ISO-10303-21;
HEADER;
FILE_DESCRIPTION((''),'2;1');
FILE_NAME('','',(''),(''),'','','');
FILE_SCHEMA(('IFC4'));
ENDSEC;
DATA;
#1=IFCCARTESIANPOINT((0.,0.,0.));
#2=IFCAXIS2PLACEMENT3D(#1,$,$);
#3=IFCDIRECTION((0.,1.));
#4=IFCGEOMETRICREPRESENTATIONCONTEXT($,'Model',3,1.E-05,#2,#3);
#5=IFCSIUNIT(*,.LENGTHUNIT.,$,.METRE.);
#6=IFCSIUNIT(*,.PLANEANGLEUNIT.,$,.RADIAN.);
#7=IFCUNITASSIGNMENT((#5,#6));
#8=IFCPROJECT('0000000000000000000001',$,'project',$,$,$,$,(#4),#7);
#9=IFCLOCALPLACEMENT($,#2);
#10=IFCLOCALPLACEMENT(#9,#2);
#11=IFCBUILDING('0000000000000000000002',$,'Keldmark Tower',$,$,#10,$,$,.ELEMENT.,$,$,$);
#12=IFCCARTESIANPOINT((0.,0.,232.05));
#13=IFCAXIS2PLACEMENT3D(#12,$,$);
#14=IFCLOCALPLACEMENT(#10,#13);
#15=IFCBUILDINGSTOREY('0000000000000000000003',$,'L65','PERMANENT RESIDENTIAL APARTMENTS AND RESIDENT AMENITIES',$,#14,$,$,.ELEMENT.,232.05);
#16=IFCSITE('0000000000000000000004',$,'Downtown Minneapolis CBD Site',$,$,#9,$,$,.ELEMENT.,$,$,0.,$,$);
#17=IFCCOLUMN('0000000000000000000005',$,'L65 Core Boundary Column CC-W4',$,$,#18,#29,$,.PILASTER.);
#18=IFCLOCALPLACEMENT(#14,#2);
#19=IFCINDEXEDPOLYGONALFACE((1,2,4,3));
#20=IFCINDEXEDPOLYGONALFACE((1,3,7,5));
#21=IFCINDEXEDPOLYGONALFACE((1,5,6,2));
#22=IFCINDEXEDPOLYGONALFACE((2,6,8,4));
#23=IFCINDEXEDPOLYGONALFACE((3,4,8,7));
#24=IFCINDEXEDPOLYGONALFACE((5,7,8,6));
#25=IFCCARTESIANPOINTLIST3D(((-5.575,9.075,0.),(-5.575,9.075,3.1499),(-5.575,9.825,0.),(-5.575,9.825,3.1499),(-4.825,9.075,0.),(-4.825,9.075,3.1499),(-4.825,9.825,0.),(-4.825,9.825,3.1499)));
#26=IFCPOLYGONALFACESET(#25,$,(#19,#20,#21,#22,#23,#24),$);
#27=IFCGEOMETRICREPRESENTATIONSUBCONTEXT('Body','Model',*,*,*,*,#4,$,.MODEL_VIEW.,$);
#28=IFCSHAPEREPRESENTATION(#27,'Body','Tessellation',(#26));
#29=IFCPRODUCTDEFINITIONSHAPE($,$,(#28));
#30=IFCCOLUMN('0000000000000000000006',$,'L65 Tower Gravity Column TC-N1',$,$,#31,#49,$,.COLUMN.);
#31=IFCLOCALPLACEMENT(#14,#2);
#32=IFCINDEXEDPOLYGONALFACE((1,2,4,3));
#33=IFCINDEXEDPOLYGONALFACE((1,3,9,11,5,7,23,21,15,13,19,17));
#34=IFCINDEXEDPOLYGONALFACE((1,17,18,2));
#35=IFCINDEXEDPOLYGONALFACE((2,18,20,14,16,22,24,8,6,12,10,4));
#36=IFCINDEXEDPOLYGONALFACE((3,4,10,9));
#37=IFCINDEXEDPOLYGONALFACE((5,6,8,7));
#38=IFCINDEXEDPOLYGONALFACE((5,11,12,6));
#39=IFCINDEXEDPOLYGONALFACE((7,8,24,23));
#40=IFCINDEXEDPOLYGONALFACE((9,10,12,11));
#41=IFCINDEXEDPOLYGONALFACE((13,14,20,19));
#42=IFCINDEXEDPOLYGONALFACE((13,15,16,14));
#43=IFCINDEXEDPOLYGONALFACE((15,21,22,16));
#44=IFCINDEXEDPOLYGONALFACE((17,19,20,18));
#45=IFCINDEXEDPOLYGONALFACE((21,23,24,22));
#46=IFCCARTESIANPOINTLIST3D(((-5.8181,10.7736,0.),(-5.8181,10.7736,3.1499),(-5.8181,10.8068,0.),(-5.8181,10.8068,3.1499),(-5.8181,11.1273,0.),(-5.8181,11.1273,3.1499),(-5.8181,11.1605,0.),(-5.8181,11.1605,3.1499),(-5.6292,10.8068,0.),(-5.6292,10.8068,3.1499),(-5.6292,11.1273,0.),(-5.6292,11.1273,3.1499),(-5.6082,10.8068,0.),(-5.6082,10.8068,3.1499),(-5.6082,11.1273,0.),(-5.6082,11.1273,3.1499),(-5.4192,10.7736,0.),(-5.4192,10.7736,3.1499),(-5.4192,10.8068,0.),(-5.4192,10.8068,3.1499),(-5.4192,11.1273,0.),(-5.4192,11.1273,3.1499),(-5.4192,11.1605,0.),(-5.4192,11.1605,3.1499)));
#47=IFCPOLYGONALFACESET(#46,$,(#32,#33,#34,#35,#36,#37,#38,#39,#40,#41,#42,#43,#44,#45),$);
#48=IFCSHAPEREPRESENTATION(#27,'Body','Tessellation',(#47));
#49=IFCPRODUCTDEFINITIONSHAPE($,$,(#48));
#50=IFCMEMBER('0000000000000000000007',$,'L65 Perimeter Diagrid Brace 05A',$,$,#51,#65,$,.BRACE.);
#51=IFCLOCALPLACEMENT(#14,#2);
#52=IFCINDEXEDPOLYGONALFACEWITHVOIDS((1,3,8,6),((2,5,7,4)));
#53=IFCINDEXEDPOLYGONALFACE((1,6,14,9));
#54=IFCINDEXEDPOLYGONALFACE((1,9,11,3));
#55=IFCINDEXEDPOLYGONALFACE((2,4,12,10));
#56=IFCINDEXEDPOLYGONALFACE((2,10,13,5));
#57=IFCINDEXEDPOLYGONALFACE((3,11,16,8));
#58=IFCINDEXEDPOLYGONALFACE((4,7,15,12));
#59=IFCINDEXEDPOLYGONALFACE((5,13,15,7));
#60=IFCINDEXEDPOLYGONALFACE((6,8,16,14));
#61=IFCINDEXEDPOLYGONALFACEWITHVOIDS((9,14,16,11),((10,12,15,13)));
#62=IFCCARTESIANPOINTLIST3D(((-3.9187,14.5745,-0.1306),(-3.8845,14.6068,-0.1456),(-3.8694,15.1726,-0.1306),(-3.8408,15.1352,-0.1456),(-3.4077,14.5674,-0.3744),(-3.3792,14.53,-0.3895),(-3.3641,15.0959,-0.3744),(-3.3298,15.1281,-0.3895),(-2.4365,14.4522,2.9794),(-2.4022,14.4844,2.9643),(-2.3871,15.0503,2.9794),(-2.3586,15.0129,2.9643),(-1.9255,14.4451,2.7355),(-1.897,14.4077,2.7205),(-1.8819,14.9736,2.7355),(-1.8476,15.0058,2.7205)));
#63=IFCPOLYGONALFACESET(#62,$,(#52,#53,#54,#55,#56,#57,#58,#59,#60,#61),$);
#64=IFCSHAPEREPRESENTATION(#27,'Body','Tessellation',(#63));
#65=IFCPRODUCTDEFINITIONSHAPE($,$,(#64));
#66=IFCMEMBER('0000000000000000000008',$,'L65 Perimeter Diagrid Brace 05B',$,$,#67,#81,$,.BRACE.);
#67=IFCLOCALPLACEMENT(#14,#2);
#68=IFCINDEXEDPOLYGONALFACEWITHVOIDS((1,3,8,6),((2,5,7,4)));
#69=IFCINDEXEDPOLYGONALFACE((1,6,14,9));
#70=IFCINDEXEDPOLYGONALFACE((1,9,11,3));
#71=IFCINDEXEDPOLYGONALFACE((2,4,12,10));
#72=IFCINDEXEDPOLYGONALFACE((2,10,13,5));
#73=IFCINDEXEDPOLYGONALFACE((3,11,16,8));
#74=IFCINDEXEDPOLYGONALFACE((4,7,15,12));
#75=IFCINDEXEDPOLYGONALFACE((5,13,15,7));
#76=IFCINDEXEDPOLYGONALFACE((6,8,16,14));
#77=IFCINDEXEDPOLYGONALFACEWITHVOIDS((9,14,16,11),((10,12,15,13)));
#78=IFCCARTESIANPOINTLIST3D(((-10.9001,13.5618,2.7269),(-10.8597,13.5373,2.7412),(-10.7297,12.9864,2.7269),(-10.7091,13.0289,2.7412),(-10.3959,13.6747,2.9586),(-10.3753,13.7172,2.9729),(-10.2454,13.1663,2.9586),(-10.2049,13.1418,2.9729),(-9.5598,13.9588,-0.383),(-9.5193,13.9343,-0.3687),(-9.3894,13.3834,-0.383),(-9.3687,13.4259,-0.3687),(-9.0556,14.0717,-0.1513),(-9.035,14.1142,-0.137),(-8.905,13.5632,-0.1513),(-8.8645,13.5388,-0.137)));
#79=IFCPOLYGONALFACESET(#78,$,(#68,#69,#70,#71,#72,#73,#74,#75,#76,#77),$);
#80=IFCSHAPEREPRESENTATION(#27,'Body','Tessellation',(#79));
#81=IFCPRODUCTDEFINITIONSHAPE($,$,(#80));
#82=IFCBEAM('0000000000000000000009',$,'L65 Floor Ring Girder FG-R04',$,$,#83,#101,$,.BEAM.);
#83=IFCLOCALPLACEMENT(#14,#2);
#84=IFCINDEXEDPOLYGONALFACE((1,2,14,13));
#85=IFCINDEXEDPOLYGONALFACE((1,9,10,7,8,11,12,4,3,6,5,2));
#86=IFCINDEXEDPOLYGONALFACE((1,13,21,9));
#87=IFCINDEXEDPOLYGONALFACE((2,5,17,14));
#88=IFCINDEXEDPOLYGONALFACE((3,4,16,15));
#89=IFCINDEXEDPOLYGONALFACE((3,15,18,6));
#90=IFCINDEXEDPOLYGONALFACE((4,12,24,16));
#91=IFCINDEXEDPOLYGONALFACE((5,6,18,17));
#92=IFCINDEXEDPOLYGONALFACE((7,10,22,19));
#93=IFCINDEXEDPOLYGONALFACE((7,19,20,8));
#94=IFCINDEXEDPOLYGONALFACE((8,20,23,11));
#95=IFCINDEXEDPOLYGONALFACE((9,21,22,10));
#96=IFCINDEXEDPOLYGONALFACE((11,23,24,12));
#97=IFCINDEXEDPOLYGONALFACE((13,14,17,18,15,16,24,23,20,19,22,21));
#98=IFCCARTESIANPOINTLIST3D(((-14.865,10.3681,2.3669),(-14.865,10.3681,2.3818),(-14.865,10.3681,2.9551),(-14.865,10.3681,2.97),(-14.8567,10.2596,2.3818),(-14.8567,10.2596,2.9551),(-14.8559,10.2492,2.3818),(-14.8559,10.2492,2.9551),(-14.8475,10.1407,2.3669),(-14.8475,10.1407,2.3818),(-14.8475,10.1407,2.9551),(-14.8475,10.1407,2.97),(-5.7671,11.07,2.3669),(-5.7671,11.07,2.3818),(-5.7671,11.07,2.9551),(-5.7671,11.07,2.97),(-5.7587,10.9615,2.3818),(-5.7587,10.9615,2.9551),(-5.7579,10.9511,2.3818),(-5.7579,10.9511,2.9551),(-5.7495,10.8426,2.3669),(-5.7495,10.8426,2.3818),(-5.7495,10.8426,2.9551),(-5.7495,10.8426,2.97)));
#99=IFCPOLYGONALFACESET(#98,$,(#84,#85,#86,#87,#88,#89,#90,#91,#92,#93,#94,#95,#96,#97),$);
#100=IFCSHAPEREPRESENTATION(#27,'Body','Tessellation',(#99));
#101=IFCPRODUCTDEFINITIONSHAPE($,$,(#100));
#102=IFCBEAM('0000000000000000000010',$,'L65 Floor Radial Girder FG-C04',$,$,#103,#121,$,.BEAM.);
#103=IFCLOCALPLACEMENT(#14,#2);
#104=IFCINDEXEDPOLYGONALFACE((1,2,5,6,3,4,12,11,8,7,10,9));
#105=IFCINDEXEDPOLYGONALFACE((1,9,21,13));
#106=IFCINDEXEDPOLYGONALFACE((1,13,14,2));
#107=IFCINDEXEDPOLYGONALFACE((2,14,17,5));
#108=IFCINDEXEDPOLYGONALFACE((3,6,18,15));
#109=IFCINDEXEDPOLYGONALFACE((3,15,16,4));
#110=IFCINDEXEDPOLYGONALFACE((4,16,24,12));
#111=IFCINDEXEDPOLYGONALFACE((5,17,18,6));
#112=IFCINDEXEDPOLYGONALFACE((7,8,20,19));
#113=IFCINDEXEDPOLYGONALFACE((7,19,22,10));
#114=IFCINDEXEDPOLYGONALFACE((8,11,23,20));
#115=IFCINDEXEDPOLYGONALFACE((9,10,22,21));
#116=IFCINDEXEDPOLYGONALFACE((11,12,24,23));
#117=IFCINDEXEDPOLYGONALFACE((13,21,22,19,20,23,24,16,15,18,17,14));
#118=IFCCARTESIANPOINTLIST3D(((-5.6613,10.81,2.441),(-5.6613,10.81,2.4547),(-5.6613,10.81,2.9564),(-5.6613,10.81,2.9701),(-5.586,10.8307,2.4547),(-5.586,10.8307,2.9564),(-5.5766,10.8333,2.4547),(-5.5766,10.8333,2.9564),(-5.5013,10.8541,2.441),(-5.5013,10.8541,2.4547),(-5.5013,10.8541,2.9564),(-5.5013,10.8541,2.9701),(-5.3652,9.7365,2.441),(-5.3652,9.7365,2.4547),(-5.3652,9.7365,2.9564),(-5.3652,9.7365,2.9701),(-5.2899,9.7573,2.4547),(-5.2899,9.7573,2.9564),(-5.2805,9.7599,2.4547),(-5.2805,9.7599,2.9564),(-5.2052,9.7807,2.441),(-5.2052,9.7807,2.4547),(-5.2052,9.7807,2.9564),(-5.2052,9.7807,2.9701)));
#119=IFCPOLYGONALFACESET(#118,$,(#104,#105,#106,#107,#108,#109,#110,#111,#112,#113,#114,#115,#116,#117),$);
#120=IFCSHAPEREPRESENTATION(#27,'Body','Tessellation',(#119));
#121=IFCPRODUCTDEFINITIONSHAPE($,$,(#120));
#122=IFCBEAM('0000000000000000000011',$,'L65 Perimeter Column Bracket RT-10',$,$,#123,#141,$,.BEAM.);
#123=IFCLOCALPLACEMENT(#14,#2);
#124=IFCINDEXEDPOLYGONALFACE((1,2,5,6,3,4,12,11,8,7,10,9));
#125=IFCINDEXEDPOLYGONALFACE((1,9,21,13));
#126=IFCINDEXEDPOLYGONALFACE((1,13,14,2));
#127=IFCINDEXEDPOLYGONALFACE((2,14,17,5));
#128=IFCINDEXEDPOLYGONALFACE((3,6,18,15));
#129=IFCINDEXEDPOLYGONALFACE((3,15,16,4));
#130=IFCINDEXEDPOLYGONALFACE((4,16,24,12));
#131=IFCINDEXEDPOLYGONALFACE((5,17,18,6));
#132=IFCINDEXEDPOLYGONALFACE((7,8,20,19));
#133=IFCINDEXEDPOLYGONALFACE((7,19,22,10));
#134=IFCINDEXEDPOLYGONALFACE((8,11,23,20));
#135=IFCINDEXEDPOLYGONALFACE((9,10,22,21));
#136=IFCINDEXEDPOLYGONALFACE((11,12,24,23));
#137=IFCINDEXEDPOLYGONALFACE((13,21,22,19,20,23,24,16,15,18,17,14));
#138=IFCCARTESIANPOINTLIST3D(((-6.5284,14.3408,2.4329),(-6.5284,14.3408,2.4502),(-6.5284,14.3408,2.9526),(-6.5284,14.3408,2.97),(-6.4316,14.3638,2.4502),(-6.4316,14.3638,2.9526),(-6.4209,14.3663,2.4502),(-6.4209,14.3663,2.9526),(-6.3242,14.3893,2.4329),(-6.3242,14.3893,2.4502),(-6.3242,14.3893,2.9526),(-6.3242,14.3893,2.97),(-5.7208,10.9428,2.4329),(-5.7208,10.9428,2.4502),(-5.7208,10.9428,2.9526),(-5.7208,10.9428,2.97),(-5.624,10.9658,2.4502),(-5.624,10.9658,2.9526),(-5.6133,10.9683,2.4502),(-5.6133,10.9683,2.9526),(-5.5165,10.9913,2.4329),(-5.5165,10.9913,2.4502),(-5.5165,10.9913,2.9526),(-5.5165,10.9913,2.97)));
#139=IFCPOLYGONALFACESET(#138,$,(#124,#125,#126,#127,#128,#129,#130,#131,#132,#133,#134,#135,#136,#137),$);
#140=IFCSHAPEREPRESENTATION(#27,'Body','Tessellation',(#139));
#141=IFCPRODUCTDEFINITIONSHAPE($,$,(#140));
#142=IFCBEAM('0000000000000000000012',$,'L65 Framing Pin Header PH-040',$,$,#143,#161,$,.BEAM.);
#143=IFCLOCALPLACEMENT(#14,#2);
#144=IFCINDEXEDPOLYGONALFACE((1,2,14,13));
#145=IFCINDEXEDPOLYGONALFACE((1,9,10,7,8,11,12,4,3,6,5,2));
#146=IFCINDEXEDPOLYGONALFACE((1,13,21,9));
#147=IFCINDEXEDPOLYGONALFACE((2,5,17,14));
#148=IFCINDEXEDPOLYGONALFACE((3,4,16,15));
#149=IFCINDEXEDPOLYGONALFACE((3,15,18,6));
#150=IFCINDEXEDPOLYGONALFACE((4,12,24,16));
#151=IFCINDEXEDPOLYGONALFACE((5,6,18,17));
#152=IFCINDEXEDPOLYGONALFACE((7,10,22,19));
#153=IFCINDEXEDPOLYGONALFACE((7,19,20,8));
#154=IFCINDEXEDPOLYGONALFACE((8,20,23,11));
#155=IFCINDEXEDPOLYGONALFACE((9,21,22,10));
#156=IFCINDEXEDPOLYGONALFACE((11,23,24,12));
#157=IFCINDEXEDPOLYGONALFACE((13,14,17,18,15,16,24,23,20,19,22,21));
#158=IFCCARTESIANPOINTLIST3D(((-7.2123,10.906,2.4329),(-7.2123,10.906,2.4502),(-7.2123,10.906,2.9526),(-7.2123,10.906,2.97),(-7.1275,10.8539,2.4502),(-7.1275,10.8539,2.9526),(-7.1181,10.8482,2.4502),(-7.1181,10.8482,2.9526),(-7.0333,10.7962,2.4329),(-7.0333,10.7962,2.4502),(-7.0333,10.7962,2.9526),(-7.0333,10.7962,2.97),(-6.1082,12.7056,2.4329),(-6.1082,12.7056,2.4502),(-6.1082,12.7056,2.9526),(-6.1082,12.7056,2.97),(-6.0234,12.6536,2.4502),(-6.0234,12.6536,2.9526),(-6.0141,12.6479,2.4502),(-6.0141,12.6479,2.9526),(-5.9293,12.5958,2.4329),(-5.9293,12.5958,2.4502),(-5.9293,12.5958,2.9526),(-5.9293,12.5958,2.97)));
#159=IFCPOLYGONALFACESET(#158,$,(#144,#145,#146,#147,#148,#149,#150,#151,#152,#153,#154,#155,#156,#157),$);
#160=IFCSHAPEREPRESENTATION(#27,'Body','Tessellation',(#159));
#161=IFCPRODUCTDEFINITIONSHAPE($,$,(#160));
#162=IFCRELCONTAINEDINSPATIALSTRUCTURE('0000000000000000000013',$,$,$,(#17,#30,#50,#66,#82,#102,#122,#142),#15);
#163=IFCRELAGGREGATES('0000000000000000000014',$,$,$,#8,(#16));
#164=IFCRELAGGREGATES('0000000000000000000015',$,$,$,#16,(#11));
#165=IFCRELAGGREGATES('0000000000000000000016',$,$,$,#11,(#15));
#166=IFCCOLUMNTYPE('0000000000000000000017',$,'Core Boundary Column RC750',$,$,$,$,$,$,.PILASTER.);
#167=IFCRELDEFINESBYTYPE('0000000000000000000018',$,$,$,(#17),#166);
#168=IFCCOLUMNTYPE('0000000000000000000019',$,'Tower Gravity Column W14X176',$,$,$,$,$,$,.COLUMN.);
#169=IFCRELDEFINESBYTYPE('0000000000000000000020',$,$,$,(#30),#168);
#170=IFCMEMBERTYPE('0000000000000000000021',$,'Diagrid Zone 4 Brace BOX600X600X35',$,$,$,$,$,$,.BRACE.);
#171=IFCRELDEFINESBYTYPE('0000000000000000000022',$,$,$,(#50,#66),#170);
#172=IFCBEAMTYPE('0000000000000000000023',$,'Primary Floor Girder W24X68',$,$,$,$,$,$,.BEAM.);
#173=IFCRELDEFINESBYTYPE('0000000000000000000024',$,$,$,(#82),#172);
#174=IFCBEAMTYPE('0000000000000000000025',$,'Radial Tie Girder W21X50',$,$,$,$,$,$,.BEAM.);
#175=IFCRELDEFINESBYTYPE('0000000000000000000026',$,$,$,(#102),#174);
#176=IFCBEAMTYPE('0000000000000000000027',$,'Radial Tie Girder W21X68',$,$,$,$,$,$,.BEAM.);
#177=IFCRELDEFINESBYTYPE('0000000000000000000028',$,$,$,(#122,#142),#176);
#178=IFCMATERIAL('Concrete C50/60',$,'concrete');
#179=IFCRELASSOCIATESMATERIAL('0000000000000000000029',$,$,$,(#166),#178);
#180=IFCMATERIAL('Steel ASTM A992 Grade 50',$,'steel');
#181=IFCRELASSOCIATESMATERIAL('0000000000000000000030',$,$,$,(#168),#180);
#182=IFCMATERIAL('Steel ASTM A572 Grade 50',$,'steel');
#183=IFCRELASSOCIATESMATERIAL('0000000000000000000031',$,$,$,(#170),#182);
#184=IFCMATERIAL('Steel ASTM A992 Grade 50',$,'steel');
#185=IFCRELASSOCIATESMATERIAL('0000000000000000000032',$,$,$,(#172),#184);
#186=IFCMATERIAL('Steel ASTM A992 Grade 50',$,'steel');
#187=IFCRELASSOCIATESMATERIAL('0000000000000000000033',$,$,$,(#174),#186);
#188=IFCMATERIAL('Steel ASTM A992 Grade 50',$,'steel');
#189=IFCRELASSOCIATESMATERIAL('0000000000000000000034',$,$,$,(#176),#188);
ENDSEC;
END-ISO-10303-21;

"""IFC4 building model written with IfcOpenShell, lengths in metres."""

from ifc_helpers import new_model, si_unit, direction, frame, origin, origin_2d, place, context, subcontext, project, spatial, rectangle, hollow_rectangle, i_section, extrude, material, material_profile, profile_set, type_object, element, save


model = new_model("IFC4")

# Units and contexts
model_context = context("Model", 3, precision=1e-05, world=origin(), true_north=direction((0.0, 1.0)))
body_context = subcontext(model_context, "Body", "Model", "MODEL_VIEW")
ifc_project = project(units=[si_unit("LENGTHUNIT", "METRE"), si_unit("PLANEANGLEUNIT", "RADIAN")], contexts=[model_context])

# Site, building, storey
site_placement = place(None, origin())
site = spatial("IfcSite", under=ifc_project, at=site_placement, Name="Downtown Minneapolis CBD Site", CompositionType="ELEMENT", RefElevation=0.0)
building_placement = place(site_placement, origin())
building = spatial("IfcBuilding", under=site, at=building_placement, Name="Keldmark Tower", CompositionType="ELEMENT")
storey_placement = place(building_placement, frame((0.0, 0.0, 232.05)))
storey = spatial("IfcBuildingStorey", under=building, at=storey_placement, Name="L65", Description="PERMANENT RESIDENTIAL APARTMENTS AND RESIDENT AMENITIES", CompositionType="ELEMENT", Elevation=232.05)

# Columns
ifc_material_1 = material(Name="Concrete C50/60", Category="concrete")
ifc_material_profile_1 = material_profile(ifc_material_1, rectangle(XDim=0.75, YDim=0.75, at=origin_2d()), Name="RC750X750")
ifc_profile_set_1 = profile_set([ifc_material_profile_1], Name="Concrete C50/60")
column_type_1 = type_object("IfcColumnType", Name="Core Boundary Column RC750", PredefinedType="PILASTER", material=ifc_profile_set_1)
column_1_placement = place(storey_placement, frame((-5.2, 9.45, 0.0), z_axis=(0.0, 0.0, 1.0), x_axis=(1.0, 0.0, 0.0)))
element("IfcColumn", 1, at=column_1_placement, inside=storey, type_object=column_type_1, Name="L65 Core Boundary Column CC-W4", PredefinedType="PILASTER", context=body_context, shape_type="SweptSolid", body=[
    extrude(rectangle(XDim=0.75, YDim=0.75, at=origin_2d()), origin(), (0.0, 0.0, 1.0), 3.1499),
])
ifc_material_2 = material(Name="Steel ASTM A992 Grade 50", Category="steel")
ifc_material_profile_2 = material_profile(ifc_material_2, i_section(OverallWidth=0.3989, OverallDepth=0.387, WebThickness=0.021, FlangeThickness=0.0332, at=origin_2d()), Name="W14X176")
ifc_profile_set_2 = profile_set([ifc_material_profile_2], Name="Steel ASTM A992 Grade 50")
column_type_2 = type_object("IfcColumnType", Name="Tower Gravity Column W14X176", PredefinedType="COLUMN", material=ifc_profile_set_2)
column_2_placement = place(storey_placement, frame((-5.6187, 10.967, 0.0), z_axis=(0.0, 0.0, 1.0), x_axis=(1.0, 0.0, 0.0)))
element("IfcColumn", 2, at=column_2_placement, inside=storey, type_object=column_type_2, Name="L65 Tower Gravity Column TC-N1", PredefinedType="COLUMN", context=body_context, shape_type="SweptSolid", body=[
    extrude(i_section(OverallWidth=0.3989, OverallDepth=0.387, WebThickness=0.021, FlangeThickness=0.0332, at=origin_2d()), origin(), (0.0, 0.0, 1.0), 3.1499),
])

# Members
ifc_material_3 = material(Name="Steel ASTM A572 Grade 50", Category="steel")
ifc_material_profile_3 = material_profile(ifc_material_3, hollow_rectangle(XDim=0.6001, YDim=0.6001, WallThickness=0.0349, at=origin_2d()), Name="BOX600X600X35")
ifc_profile_set_3 = profile_set([ifc_material_profile_3], Name="Steel ASTM A572 Grade 50")
member_type = type_object("IfcMemberType", Name="Diagrid Zone 4 Brace BOX600X600X35", PredefinedType="BRACE", material=ifc_profile_set_3)
member_1_placement = place(storey_placement, frame((-3.6243, 14.8513, -0.26), z_axis=(0.429968, -0.035482, 0.902147), x_axis=(0.082244, 0.996612, 0.0)))
element("IfcMember", 3, at=member_1_placement, inside=storey, type_object=member_type, Name="L65 Perimeter Diagrid Brace 05A", PredefinedType="BRACE", context=body_context, shape_type="SweptSolid", body=[
    extrude(hollow_rectangle(XDim=0.6001, YDim=0.6001, WallThickness=0.0349, at=origin_2d()), origin(), (0.0, 0.0, 1.0), 3.4473),
])
member_2_placement = place(storey_placement, frame((-9.2122, 13.7488, -0.26), z_axis=(-0.393106, -0.116428, 0.912092), x_axis=(0.283981, -0.95883, 0.0)))
element("IfcMember", 4, at=member_2_placement, inside=storey, type_object=member_type, Name="L65 Perimeter Diagrid Brace 05B", PredefinedType="BRACE", context=body_context, shape_type="SweptSolid", body=[
    extrude(hollow_rectangle(XDim=0.6001, YDim=0.6001, WallThickness=0.0349, at=origin_2d()), origin(), (0.0, 0.0, 1.0), 3.4097),
])

# Beams
ifc_material_4 = material(Name="Steel ASTM A992 Grade 50", Category="steel")
ifc_material_profile_4 = material_profile(ifc_material_4, i_section(OverallWidth=0.228, OverallDepth=0.603, WebThickness=0.0105, FlangeThickness=0.0149, at=origin_2d()), Name="W24X68")
ifc_profile_set_4 = profile_set([ifc_material_profile_4], Name="Steel ASTM A992 Grade 50")
beam_type_1 = type_object("IfcBeamType", Name="Primary Floor Girder W24X68", PredefinedType="BEAM", material=ifc_profile_set_4)
beam_1_placement = place(storey_placement, frame((-5.7583, 10.9563, 2.6685), z_axis=(-0.997037, -0.076922, 0.0), x_axis=(0.076922, -0.997037, 0.0)))
element("IfcBeam", 5, at=beam_1_placement, inside=storey, type_object=beam_type_1, Name="L65 Floor Ring Girder FG-R04", PredefinedType="BEAM", context=body_context, shape_type="SweptSolid", body=[
    extrude(i_section(OverallWidth=0.228, OverallDepth=0.603, WebThickness=0.0105, FlangeThickness=0.0149, at=origin_2d()), origin(), (0.0, 0.0, 1.0), 9.125),
])
ifc_material_5 = material(Name="Steel ASTM A992 Grade 50", Category="steel")
ifc_material_profile_5 = material_profile(ifc_material_5, i_section(OverallWidth=0.166, OverallDepth=0.5291, WebThickness=0.0098, FlangeThickness=0.0137, at=origin_2d()), Name="W21X50")
ifc_profile_set_5 = profile_set([ifc_material_profile_5], Name="Steel ASTM A992 Grade 50")
beam_type_2 = type_object("IfcBeamType", Name="Radial Tie Girder W21X50", PredefinedType="BEAM", material=ifc_profile_set_5)
beam_2_placement = place(storey_placement, frame((-5.5813, 10.832, 2.7056), z_axis=(0.265936, -0.963991, 0.0), x_axis=(0.963991, 0.265936, 0.0)))
element("IfcBeam", 6, at=beam_2_placement, inside=storey, type_object=beam_type_2, Name="L65 Floor Radial Girder FG-C04", PredefinedType="BEAM", context=body_context, shape_type="SweptSolid", body=[
    extrude(i_section(OverallWidth=0.166, OverallDepth=0.5291, WebThickness=0.0098, FlangeThickness=0.0137, at=origin_2d()), origin(), (0.0, 0.0, 1.0), 1.1135),
])
ifc_material_6 = material(Name="Steel ASTM A992 Grade 50", Category="steel")
ifc_material_profile_6 = material_profile(ifc_material_6, i_section(OverallWidth=0.21, OverallDepth=0.5371, WebThickness=0.011, FlangeThickness=0.0173, at=origin_2d()), Name="W21X68")
ifc_profile_set_6 = profile_set([ifc_material_profile_6], Name="Steel ASTM A992 Grade 50")
beam_type_3 = type_object("IfcBeamType", Name="Radial Tie Girder W21X68", PredefinedType="BEAM", material=ifc_profile_set_6)
beam_3_placement = place(storey_placement, frame((-5.6187, 10.967, 2.7014), z_axis=(-0.231236, 0.972898, 0.0), x_axis=(-0.972898, -0.231236, 0.0)))
element("IfcBeam", 7, at=beam_3_placement, inside=storey, type_object=beam_type_3, Name="L65 Perimeter Column Bracket RT-10", PredefinedType="BEAM", context=body_context, shape_type="SweptSolid", body=[
    extrude(i_section(OverallWidth=0.21, OverallDepth=0.5371, WebThickness=0.011, FlangeThickness=0.0173, at=origin_2d()), origin(), (0.0, 0.0, 1.0), 3.4927),
])
beam_4_placement = place(storey_placement, frame((-7.1228, 10.8511, 2.7014), z_axis=(0.522923, 0.85238, 0.0), x_axis=(-0.85238, 0.522923, 0.0)))
element("IfcBeam", 8, at=beam_4_placement, inside=storey, type_object=beam_type_3, Name="L65 Framing Pin Header PH-040", PredefinedType="BEAM", context=body_context, shape_type="SweptSolid", body=[
    extrude(i_section(OverallWidth=0.21, OverallDepth=0.5371, WebThickness=0.011, FlangeThickness=0.0173, at=origin_2d()), origin(), (0.0, 0.0, 1.0), 2.1113),
])

save(model, "model.ifc")
